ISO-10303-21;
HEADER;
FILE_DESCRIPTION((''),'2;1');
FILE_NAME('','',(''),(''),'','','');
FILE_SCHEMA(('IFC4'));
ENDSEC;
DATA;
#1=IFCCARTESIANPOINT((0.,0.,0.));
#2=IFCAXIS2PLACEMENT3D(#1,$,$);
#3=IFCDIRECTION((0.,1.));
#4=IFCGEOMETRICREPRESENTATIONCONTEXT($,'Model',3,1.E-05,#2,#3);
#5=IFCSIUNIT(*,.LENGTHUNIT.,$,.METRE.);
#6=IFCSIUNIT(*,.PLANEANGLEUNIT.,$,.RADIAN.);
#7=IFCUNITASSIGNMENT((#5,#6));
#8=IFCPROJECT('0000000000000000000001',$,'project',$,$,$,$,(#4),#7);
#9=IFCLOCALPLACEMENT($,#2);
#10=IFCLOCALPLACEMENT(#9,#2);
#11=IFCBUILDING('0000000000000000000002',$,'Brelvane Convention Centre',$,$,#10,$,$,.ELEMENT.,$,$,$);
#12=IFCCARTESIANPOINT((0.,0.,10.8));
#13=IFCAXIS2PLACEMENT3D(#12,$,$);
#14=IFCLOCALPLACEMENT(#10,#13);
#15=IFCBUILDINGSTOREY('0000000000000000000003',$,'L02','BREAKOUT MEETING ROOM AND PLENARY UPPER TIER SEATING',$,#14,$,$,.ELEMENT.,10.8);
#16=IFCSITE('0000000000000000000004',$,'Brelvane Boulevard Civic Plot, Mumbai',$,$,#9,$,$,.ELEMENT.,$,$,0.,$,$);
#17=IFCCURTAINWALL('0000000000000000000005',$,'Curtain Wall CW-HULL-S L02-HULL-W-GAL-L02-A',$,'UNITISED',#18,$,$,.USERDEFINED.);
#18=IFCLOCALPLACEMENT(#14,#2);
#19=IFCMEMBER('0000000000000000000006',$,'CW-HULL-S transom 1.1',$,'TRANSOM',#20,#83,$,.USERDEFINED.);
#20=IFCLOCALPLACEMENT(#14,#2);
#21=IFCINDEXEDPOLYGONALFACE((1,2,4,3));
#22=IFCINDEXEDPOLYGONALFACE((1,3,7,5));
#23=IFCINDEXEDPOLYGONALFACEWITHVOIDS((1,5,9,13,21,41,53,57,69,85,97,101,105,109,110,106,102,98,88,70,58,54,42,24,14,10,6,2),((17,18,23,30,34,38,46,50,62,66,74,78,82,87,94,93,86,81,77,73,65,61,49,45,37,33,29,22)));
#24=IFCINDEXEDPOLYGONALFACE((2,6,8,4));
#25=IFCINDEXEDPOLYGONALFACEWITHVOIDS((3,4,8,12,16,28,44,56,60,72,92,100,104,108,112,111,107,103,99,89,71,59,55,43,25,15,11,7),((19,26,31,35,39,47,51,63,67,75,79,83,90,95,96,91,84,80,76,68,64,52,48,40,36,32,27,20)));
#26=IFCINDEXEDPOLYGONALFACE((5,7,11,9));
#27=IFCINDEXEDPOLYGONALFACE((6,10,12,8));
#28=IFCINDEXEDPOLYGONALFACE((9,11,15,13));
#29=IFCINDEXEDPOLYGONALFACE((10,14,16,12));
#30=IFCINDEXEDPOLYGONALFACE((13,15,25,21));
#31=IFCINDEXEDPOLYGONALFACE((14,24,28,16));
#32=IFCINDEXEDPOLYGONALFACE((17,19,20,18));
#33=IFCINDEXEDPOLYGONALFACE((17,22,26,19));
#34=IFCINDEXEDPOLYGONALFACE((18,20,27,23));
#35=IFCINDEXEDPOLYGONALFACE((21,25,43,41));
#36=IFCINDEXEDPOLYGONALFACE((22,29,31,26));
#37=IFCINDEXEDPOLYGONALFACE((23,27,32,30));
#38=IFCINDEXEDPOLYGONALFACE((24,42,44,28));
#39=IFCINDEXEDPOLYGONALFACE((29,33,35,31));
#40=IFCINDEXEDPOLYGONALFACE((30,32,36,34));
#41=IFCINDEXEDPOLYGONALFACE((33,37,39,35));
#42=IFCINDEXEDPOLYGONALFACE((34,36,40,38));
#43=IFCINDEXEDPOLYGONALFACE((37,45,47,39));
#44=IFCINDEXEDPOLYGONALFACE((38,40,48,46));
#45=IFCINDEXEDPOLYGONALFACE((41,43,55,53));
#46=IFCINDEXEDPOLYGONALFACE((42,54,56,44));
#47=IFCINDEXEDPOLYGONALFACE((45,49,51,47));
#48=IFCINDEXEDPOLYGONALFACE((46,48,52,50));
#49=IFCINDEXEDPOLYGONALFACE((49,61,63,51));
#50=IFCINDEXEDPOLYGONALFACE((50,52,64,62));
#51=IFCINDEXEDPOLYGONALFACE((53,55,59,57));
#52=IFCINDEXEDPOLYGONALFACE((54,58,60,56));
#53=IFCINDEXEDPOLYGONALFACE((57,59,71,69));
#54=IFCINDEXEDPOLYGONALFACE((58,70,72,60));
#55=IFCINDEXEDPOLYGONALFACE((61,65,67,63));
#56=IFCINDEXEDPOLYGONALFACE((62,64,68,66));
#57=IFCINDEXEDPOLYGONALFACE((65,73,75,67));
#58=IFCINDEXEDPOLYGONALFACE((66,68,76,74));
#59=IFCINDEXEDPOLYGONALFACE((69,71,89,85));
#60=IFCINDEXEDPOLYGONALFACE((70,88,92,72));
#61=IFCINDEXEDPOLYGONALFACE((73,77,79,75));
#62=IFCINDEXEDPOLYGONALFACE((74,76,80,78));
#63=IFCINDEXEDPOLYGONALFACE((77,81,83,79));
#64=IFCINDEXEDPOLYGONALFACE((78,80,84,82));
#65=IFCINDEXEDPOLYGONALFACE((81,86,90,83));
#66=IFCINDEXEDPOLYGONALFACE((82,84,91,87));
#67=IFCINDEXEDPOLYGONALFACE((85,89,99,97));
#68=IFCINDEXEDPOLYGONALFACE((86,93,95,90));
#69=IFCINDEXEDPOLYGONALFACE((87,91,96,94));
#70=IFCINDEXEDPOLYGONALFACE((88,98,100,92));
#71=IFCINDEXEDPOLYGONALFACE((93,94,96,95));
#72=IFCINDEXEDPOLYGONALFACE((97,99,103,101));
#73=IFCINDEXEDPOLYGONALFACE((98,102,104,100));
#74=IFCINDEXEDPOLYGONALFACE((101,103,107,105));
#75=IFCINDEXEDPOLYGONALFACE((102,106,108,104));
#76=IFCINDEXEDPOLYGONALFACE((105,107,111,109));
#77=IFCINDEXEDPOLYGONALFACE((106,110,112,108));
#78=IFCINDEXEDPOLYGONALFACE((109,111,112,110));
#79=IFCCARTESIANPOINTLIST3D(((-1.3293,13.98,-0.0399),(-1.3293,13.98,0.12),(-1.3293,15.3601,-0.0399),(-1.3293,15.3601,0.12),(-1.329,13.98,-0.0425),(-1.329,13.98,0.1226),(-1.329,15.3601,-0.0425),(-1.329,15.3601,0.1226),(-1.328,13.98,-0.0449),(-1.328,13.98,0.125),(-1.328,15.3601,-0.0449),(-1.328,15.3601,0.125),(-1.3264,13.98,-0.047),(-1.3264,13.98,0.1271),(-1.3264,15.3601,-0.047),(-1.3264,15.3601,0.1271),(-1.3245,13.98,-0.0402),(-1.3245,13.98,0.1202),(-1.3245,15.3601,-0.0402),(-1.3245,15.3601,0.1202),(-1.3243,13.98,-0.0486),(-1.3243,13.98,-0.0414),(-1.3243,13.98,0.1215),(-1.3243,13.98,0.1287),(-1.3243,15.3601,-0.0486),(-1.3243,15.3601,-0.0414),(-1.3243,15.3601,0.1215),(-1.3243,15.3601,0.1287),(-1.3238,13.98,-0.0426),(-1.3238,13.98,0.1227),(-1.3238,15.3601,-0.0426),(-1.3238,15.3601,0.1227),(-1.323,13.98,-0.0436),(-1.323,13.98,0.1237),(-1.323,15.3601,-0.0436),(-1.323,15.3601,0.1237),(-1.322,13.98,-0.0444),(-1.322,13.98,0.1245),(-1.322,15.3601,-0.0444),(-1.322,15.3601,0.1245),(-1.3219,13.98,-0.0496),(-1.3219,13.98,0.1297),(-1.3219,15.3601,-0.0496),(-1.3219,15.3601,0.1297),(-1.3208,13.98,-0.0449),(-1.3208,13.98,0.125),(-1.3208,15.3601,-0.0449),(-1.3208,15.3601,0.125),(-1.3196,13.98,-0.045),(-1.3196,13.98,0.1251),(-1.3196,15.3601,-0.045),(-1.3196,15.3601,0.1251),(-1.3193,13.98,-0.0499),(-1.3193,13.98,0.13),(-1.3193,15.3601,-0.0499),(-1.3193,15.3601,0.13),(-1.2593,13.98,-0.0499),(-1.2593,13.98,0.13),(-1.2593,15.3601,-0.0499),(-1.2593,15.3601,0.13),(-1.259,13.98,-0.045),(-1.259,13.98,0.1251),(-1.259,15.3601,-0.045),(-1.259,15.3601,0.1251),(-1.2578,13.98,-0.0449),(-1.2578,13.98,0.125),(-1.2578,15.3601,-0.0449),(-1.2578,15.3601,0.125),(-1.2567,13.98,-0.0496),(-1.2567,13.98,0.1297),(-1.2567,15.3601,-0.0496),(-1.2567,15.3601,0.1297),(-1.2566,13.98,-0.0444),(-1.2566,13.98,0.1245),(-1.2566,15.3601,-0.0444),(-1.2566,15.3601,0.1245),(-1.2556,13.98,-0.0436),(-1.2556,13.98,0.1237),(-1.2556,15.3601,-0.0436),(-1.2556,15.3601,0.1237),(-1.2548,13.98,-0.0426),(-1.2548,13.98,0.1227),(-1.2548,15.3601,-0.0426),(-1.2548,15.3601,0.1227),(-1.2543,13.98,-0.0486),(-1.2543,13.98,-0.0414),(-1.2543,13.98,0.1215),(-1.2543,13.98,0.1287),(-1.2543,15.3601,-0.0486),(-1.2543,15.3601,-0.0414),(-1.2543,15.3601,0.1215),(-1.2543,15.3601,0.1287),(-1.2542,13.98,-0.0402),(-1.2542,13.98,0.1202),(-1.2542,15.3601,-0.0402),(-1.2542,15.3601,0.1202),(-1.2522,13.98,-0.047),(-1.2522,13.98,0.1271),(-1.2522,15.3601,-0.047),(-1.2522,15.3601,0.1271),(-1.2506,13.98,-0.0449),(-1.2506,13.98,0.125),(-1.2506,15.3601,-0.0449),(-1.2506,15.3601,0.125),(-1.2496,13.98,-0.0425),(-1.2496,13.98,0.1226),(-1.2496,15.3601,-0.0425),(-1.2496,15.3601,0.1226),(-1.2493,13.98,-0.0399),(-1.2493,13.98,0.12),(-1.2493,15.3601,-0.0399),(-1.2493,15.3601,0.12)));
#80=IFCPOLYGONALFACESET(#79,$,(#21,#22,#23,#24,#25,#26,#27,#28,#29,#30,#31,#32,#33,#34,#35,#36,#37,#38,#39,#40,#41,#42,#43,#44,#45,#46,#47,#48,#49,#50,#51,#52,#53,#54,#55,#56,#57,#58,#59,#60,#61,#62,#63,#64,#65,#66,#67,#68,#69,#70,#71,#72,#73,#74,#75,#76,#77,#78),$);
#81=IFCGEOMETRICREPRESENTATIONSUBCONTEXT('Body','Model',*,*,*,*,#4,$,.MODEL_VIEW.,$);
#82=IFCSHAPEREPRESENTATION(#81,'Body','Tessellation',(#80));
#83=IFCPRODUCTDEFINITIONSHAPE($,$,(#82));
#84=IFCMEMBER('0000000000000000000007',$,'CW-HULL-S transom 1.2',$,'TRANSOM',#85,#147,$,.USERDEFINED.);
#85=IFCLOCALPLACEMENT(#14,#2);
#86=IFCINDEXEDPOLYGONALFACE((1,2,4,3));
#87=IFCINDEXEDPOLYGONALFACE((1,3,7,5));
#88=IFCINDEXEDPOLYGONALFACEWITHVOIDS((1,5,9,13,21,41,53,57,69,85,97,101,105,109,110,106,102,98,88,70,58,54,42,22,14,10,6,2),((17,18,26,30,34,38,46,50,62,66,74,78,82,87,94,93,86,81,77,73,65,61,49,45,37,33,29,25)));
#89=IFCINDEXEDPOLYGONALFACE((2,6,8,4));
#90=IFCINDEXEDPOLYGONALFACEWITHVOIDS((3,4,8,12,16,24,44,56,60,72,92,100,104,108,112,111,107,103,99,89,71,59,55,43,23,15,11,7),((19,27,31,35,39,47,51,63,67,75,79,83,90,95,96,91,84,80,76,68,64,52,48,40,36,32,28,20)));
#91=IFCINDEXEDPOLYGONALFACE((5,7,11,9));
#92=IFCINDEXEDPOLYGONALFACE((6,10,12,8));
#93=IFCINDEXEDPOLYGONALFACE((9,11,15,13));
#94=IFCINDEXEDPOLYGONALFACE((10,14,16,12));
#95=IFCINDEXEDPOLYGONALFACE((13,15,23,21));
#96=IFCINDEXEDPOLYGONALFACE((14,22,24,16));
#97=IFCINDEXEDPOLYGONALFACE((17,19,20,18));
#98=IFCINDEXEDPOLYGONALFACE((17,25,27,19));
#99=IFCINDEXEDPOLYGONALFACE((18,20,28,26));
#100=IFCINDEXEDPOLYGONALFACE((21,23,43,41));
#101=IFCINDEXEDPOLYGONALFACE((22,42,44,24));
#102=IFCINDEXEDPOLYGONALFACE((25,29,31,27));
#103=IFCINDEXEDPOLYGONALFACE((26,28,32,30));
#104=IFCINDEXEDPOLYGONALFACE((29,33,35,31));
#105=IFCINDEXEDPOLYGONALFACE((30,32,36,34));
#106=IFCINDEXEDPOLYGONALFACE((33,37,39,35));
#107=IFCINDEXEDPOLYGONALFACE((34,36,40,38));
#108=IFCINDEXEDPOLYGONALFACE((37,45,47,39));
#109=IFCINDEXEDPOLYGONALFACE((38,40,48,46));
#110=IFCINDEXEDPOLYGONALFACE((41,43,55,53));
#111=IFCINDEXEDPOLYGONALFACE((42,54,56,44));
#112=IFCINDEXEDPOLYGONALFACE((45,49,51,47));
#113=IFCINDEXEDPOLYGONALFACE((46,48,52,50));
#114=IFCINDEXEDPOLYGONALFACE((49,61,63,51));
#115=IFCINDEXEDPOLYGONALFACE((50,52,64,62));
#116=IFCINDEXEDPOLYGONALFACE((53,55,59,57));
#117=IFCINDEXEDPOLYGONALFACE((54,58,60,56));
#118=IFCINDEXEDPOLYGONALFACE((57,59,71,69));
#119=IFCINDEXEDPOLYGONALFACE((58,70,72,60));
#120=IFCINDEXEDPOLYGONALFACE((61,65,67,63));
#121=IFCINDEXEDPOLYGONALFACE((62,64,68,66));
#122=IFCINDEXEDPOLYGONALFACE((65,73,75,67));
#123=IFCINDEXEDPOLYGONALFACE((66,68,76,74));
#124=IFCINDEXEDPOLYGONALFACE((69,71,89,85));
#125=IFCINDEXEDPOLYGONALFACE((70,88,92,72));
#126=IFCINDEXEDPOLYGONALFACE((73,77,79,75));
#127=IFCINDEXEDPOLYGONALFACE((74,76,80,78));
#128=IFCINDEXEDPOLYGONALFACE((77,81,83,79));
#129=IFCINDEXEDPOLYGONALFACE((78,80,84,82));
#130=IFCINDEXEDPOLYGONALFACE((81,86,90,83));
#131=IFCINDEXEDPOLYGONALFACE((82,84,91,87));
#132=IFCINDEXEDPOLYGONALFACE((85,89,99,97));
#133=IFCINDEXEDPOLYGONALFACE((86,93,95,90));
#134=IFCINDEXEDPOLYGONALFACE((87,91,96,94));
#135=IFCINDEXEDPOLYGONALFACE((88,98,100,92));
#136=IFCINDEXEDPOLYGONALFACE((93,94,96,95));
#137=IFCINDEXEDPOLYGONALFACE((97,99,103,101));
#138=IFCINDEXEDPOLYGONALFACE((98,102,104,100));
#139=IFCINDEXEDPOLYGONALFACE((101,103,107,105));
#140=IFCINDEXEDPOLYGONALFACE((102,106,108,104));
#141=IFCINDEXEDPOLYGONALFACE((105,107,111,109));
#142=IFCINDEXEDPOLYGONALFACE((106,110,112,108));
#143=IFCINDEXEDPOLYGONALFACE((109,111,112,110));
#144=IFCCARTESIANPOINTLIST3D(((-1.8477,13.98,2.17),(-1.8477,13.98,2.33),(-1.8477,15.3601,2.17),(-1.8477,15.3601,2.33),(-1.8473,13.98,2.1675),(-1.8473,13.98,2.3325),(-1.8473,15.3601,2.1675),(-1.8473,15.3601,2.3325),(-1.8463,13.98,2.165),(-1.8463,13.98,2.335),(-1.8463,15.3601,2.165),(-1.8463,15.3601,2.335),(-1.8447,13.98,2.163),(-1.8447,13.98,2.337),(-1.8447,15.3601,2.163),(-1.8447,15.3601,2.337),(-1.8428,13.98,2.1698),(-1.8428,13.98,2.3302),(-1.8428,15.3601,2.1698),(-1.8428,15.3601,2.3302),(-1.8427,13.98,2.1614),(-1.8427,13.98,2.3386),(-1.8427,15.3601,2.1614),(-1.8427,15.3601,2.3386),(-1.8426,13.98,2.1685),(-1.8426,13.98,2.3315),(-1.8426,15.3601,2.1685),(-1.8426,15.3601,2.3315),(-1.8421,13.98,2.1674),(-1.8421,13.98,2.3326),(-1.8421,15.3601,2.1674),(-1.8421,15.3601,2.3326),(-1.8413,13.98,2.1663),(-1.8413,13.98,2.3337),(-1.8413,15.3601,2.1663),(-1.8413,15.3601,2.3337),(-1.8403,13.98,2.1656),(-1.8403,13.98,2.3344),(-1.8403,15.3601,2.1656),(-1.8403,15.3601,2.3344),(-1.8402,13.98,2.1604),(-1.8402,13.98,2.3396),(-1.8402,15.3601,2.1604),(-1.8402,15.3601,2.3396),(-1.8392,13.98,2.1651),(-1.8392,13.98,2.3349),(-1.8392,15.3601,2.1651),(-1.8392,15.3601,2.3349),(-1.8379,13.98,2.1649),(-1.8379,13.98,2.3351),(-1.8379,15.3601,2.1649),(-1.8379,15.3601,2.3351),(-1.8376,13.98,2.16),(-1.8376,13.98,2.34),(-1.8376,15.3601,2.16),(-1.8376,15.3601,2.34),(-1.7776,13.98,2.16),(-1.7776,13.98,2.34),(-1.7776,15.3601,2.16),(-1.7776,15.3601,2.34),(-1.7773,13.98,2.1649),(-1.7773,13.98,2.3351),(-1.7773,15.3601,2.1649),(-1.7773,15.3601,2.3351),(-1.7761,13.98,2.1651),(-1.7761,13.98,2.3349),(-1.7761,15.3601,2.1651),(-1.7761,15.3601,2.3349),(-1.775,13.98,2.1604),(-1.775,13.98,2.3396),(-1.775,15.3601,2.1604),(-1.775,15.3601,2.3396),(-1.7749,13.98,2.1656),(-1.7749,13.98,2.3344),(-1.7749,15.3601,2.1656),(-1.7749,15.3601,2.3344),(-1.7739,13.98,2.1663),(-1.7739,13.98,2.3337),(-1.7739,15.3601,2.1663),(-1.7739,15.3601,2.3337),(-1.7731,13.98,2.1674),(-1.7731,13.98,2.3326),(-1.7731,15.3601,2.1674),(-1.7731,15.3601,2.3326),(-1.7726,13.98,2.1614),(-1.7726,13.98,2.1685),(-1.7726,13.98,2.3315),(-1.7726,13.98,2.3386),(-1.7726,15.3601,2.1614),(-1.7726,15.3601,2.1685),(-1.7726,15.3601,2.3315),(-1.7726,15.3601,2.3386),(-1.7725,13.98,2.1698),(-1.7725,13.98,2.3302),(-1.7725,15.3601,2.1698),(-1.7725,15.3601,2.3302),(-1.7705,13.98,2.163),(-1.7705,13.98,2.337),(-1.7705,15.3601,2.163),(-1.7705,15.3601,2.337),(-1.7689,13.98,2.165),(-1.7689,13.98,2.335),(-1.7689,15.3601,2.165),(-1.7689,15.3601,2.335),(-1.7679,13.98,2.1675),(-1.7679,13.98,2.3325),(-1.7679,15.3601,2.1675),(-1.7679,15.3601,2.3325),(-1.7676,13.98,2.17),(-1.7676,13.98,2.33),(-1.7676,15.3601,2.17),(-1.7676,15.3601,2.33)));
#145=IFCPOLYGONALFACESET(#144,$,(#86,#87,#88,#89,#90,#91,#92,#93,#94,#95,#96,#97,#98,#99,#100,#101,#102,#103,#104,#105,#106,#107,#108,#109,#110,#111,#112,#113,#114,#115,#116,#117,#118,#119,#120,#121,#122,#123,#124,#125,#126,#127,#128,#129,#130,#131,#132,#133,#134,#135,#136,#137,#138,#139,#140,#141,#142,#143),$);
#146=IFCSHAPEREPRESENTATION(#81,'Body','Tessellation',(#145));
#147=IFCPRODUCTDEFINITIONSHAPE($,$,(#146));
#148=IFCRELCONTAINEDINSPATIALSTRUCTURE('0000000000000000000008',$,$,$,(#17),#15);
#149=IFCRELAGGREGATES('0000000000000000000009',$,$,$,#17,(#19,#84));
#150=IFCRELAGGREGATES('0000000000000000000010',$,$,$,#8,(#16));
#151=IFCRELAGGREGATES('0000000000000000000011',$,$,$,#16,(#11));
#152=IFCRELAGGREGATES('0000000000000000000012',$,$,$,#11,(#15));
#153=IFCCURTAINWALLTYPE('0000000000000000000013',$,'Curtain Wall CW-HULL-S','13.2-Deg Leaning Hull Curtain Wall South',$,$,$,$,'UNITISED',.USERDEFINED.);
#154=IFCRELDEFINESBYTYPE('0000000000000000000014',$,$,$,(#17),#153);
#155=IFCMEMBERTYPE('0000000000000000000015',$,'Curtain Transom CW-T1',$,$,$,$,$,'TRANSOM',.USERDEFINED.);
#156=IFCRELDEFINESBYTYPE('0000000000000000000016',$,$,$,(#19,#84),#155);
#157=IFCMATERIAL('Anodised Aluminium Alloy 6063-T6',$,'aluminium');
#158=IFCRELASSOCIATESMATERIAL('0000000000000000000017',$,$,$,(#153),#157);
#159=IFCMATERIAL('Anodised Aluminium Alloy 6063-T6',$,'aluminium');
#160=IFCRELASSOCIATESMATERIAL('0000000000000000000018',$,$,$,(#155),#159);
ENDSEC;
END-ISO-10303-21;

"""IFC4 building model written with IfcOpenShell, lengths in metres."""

from ifc_helpers import new_model, si_unit, direction, frame, origin, origin_2d, place, context, subcontext, project, spatial, hollow_rectangle, extrude, material, material_profile, profile_set, type_object, element, aggregate, save


model = new_model("IFC4")

# Units and contexts
model_context = context("Model", 3, precision=1e-05, world=origin(), true_north=direction((0.0, 1.0)))
body_context = subcontext(model_context, "Body", "Model", "MODEL_VIEW")
ifc_project = project(units=[si_unit("LENGTHUNIT", "METRE"), si_unit("PLANEANGLEUNIT", "RADIAN")], contexts=[model_context])

# Site, building, storey
site_placement = place(None, origin())
site = spatial("IfcSite", under=ifc_project, at=site_placement, Name="Brelvane Boulevard Civic Plot, Mumbai", CompositionType="ELEMENT", RefElevation=0.0)
building_placement = place(site_placement, origin())
building = spatial("IfcBuilding", under=site, at=building_placement, Name="Brelvane Convention Centre", CompositionType="ELEMENT")
storey_placement = place(building_placement, frame((0.0, 0.0, 10.8)))
storey = spatial("IfcBuildingStorey", under=building, at=storey_placement, Name="L02", Description="BREAKOUT MEETING ROOM AND PLENARY UPPER TIER SEATING", CompositionType="ELEMENT", Elevation=10.8)

# Curtain wall, members
ifc_material_1 = material(Name="Anodised Aluminium Alloy 6063-T6", Category="aluminium")
curtain_wall_type = type_object("IfcCurtainWallType", Name="Curtain Wall CW-HULL-S", Description="13.2-Deg Leaning Hull Curtain Wall South", ElementType="UNITISED", PredefinedType="USERDEFINED", material=ifc_material_1)
curtain_wall_1_placement = place(storey_placement, origin())
curtain_wall_1 = element("IfcCurtainWall", 1, at=curtain_wall_1_placement, inside=storey, type_object=curtain_wall_type, Name="Curtain Wall CW-HULL-S L02-HULL-W-GAL-L02-A", ObjectType="UNITISED", PredefinedType="USERDEFINED")
ifc_material_2 = material(Name="Anodised Aluminium Alloy 6063-T6", Category="aluminium")
ifc_material_profile_1 = material_profile(ifc_material_2, hollow_rectangle(XDim=0.0801, YDim=0.1799, WallThickness=0.0049, InnerFilletRadius=0.0049, OuterFilletRadius=0.01, at=origin_2d()), Name="ALU-T 180x80x5.0")
ifc_profile_set_1 = profile_set([ifc_material_profile_1], Name="Anodised Aluminium Alloy 6063-T6")
member_type_1 = type_object("IfcMemberType", Name="Curtain Transom CW-T1", ElementType="TRANSOM", PredefinedType="USERDEFINED", material=ifc_profile_set_1)
member_1_placement = place(storey_placement, frame((-1.2893, 13.98, 0.04), z_axis=(0.0, 1.0, 0.0), x_axis=(-1.0, 0.0, 0.0)))
member_1 = element("IfcMember", 2, at=member_1_placement, type_object=member_type_1, Name="CW-HULL-S transom 1.1", ObjectType="TRANSOM", PredefinedType="USERDEFINED", context=body_context, shape_type="SweptSolid", body=[
    extrude(hollow_rectangle(XDim=0.0801, YDim=0.1799, WallThickness=0.0049, InnerFilletRadius=0.0049, OuterFilletRadius=0.01, at=origin_2d()), origin(), (0.0, 0.0, 1.0), 1.3801),
])
member_2_placement = place(storey_placement, frame((-1.8076, 13.98, 2.25), z_axis=(0.0, 1.0, 0.0), x_axis=(-1.0, 0.0, 0.0)))
member_2 = element("IfcMember", 3, at=member_2_placement, type_object=member_type_1, Name="CW-HULL-S transom 1.2", ObjectType="TRANSOM", PredefinedType="USERDEFINED", context=body_context, shape_type="SweptSolid", body=[
    extrude(hollow_rectangle(XDim=0.0801, YDim=0.1799, WallThickness=0.0049, InnerFilletRadius=0.0049, OuterFilletRadius=0.01, at=origin_2d()), origin(), (0.0, 0.0, 1.0), 1.3801),
])

aggregate(curtain_wall_1, [member_1, member_2])

save(model, "model.ifc")
